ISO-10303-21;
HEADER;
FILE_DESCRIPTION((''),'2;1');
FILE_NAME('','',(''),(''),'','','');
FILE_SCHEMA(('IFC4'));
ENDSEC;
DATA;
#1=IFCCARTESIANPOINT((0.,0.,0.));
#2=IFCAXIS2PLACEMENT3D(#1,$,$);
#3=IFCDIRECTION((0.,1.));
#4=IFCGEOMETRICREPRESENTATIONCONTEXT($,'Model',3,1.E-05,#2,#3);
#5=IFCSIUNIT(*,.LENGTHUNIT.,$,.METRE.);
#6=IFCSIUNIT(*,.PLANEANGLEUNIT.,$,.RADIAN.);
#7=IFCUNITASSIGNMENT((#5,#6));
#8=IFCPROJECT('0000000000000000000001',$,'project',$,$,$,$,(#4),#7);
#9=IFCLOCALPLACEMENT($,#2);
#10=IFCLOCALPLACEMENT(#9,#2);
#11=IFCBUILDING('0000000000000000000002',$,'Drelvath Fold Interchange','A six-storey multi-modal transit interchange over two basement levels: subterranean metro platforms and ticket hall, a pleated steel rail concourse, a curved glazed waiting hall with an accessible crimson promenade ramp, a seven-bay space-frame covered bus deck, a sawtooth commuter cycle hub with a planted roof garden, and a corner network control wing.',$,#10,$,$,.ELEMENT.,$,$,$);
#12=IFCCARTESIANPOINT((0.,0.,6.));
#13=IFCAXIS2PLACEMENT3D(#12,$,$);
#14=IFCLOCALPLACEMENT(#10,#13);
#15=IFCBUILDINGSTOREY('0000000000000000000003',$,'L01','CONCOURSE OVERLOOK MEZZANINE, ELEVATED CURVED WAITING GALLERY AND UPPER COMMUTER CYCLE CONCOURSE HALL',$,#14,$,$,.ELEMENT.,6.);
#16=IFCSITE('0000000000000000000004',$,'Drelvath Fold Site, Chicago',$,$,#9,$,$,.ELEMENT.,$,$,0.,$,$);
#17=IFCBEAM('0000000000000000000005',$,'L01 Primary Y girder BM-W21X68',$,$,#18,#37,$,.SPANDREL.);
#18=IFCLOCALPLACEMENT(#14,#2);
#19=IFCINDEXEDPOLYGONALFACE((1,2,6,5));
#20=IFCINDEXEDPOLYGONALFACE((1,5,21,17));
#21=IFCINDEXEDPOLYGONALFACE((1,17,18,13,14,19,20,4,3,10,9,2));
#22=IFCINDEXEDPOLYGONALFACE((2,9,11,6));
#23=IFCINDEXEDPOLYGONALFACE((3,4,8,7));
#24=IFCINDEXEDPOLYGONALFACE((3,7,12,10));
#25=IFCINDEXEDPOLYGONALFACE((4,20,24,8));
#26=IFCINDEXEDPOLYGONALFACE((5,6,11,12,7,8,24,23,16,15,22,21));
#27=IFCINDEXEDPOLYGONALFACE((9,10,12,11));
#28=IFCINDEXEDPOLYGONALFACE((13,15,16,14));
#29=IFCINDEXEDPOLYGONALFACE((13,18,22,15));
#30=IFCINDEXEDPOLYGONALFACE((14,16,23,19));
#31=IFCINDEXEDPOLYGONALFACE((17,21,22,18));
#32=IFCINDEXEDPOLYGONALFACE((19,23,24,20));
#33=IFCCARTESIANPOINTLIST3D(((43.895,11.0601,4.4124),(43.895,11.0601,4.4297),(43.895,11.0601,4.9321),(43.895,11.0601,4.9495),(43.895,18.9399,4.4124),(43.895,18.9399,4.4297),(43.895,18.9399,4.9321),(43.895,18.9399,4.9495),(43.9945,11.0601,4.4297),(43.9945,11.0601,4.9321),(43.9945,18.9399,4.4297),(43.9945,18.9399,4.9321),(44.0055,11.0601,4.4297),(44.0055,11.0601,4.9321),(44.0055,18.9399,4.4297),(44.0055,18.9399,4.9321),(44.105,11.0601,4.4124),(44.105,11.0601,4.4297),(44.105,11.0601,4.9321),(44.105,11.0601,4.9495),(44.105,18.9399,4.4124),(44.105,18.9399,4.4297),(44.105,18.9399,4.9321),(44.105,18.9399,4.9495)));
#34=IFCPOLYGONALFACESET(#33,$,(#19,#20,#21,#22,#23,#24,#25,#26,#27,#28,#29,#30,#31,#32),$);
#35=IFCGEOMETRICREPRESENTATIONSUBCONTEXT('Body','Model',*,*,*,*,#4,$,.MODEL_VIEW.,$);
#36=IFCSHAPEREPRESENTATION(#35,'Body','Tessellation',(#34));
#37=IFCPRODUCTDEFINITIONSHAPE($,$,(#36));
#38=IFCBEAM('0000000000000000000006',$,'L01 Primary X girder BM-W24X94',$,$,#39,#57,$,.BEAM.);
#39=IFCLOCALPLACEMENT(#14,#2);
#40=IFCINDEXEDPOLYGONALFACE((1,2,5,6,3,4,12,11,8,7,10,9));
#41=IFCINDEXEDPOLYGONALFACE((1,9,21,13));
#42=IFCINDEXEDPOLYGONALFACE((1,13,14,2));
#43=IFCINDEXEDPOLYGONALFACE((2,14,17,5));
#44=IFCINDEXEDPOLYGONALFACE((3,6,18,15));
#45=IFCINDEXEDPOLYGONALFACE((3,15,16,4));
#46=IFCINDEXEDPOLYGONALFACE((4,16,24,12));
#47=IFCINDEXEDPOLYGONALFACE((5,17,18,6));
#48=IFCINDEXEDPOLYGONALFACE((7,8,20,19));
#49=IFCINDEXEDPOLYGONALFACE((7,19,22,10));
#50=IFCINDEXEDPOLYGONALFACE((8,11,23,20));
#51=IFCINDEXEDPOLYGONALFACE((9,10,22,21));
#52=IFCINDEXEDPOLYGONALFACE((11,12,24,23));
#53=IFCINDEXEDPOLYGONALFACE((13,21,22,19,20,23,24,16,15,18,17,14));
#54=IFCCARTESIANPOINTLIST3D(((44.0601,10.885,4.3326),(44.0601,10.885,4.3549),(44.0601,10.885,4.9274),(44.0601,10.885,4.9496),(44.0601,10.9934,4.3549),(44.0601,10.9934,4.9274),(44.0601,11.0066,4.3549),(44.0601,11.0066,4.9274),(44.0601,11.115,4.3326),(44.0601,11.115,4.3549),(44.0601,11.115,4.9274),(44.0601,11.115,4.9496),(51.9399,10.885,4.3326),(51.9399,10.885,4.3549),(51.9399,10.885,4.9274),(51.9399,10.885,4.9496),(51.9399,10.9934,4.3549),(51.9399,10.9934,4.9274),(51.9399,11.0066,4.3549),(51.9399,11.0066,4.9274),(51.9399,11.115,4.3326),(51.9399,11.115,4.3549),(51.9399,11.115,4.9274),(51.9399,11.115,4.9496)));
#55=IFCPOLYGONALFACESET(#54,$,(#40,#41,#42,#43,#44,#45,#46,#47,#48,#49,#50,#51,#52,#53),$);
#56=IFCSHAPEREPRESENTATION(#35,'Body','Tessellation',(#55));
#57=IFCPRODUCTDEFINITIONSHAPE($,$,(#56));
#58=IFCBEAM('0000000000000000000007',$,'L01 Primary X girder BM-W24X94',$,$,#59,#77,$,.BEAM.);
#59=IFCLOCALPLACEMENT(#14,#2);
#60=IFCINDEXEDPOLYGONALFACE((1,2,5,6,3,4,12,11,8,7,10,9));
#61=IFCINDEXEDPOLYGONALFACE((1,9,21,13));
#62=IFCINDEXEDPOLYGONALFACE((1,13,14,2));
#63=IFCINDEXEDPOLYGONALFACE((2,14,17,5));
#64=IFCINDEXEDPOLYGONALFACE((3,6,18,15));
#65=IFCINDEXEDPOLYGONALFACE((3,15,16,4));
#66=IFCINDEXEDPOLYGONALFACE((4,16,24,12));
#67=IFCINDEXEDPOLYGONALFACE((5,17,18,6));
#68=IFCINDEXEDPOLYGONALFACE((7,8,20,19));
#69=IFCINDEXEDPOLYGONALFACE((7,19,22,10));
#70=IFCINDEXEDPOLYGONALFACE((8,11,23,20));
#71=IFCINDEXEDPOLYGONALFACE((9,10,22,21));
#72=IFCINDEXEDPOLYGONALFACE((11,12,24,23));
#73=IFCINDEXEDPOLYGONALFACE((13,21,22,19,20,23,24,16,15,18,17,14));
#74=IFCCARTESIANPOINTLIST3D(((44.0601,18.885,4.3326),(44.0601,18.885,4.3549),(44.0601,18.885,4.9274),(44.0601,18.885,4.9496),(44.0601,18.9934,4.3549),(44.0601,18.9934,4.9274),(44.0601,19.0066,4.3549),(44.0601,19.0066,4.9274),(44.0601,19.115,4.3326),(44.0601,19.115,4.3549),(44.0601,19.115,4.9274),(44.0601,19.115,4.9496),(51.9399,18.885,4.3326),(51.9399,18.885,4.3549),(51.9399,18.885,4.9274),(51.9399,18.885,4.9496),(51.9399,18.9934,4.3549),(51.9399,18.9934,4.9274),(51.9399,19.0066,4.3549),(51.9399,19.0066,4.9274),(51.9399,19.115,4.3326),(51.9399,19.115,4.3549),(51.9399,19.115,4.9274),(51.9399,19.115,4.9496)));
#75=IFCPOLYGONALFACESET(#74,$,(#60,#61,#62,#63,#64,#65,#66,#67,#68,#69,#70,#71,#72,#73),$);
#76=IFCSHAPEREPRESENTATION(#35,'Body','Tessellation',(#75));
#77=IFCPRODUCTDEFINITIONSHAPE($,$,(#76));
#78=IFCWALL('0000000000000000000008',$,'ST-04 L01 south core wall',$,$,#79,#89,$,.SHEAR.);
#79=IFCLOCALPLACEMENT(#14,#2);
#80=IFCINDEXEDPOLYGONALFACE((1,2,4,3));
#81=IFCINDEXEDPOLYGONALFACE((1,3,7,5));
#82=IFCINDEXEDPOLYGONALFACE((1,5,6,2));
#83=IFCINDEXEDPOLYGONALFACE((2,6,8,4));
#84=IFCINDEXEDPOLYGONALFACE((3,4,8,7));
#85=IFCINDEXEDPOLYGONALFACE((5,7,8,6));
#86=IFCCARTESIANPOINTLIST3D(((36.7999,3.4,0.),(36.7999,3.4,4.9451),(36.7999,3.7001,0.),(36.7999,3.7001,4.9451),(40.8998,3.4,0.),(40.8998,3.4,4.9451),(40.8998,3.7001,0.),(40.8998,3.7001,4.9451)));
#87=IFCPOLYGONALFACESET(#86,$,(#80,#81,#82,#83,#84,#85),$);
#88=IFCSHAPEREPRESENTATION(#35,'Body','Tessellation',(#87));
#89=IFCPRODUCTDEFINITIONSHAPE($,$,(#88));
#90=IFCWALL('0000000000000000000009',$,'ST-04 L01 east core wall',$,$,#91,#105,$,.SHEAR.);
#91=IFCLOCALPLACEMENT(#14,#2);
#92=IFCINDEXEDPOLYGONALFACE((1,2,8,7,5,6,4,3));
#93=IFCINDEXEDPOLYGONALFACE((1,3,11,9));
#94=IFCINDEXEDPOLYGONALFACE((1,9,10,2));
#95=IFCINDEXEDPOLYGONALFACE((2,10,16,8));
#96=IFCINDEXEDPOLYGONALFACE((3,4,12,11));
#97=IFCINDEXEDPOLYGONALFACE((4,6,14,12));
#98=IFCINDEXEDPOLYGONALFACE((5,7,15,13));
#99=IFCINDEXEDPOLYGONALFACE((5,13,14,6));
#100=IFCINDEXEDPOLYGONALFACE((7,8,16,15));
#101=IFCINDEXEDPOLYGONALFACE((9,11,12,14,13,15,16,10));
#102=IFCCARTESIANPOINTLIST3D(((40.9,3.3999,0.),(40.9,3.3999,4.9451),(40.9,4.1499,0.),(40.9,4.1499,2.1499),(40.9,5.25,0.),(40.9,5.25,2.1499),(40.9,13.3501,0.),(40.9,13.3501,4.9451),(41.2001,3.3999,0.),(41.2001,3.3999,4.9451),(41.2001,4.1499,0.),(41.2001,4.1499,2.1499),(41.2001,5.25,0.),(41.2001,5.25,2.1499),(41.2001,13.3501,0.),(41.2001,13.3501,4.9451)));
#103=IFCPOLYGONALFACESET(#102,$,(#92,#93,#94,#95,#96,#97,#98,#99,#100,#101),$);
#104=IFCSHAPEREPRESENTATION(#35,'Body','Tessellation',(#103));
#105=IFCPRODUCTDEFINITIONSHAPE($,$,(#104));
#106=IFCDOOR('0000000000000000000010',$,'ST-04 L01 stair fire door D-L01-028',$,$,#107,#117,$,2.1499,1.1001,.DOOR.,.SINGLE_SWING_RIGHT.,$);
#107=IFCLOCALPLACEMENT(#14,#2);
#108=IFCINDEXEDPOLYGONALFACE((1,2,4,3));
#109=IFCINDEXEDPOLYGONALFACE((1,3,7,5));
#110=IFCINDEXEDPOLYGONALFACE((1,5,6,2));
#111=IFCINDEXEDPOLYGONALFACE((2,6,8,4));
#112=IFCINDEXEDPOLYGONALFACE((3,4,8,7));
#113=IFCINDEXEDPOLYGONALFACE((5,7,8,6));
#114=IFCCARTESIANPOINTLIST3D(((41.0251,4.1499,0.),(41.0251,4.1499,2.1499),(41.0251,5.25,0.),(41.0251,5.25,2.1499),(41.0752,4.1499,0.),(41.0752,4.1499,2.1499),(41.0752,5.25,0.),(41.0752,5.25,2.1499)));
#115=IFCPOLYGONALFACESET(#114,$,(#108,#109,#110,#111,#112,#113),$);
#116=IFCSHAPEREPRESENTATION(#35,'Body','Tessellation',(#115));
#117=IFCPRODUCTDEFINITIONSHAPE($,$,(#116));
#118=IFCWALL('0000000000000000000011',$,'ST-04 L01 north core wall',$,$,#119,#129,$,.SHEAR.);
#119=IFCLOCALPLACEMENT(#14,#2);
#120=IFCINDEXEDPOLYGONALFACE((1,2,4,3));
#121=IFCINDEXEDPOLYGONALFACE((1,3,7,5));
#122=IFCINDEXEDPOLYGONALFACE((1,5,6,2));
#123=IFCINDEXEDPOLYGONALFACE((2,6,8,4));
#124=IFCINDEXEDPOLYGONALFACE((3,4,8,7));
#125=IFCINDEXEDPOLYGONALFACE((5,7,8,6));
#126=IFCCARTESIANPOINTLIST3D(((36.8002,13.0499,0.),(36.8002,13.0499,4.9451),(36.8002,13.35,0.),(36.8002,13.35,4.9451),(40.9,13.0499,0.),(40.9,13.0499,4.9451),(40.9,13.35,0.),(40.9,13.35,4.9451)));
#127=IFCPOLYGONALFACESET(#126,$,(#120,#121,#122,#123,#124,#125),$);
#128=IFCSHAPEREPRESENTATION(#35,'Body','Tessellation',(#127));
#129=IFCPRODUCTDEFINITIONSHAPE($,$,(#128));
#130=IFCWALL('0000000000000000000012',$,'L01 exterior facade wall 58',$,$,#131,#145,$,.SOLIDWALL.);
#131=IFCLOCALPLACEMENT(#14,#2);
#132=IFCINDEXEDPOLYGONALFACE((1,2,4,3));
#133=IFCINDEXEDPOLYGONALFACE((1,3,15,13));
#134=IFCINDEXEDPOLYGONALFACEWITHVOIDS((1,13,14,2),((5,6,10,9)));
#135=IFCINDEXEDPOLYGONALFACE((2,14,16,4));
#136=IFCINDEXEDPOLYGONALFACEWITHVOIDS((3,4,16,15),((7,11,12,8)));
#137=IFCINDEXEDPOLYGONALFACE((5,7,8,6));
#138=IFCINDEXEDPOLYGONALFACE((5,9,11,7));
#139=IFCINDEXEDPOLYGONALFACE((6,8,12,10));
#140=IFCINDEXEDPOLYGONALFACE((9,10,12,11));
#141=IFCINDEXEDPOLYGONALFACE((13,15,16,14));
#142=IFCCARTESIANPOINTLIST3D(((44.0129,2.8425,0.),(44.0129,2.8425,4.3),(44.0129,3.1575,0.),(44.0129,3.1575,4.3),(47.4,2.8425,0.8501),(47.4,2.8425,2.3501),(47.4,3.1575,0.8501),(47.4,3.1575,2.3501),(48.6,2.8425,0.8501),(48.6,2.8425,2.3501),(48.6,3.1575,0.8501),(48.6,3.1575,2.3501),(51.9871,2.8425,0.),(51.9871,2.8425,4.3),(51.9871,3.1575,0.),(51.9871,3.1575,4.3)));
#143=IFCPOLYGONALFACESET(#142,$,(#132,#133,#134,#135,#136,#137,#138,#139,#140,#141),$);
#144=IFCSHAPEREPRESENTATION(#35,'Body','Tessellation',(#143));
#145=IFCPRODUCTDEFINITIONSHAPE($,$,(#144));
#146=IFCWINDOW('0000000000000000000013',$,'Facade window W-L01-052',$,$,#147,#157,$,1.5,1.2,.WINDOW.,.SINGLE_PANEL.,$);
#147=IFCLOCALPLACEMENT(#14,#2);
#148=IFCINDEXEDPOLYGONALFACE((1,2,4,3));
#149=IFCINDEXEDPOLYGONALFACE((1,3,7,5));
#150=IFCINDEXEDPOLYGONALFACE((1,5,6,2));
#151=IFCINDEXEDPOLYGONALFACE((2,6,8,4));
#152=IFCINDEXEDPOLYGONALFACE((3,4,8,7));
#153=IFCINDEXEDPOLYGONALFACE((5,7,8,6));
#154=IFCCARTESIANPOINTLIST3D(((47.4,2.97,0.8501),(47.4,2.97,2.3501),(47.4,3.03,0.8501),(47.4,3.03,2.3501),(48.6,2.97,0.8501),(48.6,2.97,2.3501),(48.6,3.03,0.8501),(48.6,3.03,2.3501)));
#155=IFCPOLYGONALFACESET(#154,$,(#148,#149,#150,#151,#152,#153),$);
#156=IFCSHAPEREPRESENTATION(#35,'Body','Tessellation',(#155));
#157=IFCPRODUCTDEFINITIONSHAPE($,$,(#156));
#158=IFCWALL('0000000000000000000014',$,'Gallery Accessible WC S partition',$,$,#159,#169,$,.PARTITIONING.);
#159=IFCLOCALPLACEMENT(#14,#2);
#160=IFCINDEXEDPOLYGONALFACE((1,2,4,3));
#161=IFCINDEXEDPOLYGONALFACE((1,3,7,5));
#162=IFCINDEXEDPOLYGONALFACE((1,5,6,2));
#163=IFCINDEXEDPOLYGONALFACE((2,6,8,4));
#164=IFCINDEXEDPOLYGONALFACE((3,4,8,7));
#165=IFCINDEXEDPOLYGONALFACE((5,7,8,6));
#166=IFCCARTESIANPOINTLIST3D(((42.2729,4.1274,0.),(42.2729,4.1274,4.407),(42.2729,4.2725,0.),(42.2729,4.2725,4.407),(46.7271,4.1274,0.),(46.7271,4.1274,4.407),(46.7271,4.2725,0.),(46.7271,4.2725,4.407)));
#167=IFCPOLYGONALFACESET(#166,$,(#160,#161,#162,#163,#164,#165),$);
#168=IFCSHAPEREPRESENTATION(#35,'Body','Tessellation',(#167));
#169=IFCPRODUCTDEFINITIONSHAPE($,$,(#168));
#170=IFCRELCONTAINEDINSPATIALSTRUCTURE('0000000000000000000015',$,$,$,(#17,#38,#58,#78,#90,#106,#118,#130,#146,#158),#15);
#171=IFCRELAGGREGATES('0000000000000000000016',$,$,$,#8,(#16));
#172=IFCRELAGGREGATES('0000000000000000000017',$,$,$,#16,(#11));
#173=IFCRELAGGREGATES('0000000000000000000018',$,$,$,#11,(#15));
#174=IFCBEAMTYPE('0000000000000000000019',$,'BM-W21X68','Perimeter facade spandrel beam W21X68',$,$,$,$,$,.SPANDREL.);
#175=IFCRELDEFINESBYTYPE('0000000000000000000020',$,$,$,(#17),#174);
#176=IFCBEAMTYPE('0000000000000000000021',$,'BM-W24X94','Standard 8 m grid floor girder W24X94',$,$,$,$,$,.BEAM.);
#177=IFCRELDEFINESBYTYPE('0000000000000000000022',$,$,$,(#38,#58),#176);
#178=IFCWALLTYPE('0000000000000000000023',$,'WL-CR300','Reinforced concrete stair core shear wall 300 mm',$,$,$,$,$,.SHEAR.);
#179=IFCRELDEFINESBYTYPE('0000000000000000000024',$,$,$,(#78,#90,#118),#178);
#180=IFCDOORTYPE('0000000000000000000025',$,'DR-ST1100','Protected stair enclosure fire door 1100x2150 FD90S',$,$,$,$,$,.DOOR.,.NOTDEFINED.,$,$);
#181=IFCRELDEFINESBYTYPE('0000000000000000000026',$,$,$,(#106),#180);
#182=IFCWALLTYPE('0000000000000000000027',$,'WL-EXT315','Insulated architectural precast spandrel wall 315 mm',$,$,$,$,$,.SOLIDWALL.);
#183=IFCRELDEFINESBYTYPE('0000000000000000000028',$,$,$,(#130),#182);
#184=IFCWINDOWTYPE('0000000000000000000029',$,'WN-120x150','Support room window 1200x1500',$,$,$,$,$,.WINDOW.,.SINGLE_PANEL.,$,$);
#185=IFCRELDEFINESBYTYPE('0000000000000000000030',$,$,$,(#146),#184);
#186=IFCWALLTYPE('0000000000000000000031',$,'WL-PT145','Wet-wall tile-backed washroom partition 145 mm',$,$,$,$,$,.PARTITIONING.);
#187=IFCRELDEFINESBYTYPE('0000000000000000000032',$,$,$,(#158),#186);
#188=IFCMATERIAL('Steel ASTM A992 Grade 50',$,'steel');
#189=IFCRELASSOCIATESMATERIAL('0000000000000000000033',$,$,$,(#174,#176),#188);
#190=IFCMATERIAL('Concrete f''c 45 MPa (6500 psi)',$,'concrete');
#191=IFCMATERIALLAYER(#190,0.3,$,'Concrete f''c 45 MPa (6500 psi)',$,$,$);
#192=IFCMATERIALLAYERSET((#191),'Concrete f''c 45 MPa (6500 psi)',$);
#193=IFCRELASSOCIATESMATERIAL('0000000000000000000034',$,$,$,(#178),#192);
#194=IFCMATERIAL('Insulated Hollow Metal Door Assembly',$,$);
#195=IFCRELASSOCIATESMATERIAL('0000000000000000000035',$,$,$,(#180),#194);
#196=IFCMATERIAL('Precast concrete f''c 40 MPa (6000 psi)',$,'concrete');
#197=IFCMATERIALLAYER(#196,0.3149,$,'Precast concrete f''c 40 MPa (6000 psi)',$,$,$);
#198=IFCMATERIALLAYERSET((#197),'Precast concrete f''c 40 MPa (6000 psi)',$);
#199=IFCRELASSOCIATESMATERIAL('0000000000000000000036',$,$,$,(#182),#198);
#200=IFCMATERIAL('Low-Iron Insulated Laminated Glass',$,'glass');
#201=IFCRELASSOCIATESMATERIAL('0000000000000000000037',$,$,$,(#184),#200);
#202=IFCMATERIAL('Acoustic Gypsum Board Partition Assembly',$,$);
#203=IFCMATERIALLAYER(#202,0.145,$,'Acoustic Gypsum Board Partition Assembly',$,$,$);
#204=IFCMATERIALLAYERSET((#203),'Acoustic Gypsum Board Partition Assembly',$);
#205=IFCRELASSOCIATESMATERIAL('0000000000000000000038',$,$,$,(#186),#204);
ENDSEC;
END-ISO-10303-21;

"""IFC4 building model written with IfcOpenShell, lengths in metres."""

from ifc_helpers import new_model, si_unit, direction, frame, frame_2d, origin, origin_2d, place, context, subcontext, project, spatial, rectangle, i_section, extrude, material, layer, layer_set, material_profile, profile_set, type_object, element, fill, save


model = new_model("IFC4")

# Units and contexts
model_context = context("Model", 3, precision=1e-05, world=origin(), true_north=direction((0.0, 1.0)))
body_context = subcontext(model_context, "Body", "Model", "MODEL_VIEW")
ifc_project = project(units=[si_unit("LENGTHUNIT", "METRE"), si_unit("PLANEANGLEUNIT", "RADIAN")], contexts=[model_context])

# Site, building, storey
site_placement = place(None, origin())
site = spatial("IfcSite", under=ifc_project, at=site_placement, Name="Drelvath Fold Site, Chicago", CompositionType="ELEMENT", RefElevation=0.0)
building_placement = place(site_placement, origin())
building = spatial("IfcBuilding", under=site, at=building_placement, Name="Drelvath Fold Interchange", Description="A six-storey multi-modal transit interchange over two basement levels: subterranean metro platforms and ticket hall, a pleated steel rail concourse, a curved glazed waiting hall with an accessible crimson promenade ramp, a seven-bay space-frame covered bus deck, a sawtooth commuter cycle hub with a planted roof garden, and a corner network control wing.", CompositionType="ELEMENT")
storey_placement = place(building_placement, frame((0.0, 0.0, 6.0)))
storey = spatial("IfcBuildingStorey", under=building, at=storey_placement, Name="L01", Description="CONCOURSE OVERLOOK MEZZANINE, ELEVATED CURVED WAITING GALLERY AND UPPER COMMUTER CYCLE CONCOURSE HALL", CompositionType="ELEMENT", Elevation=6.0)

# Shared definitions
ifc_material_1 = material(Name="Steel ASTM A992 Grade 50", Category="steel")

# Beams
ifc_material_profile_1 = material_profile(ifc_material_1, i_section(OverallWidth=0.21, OverallDepth=0.5371, WebThickness=0.011, FlangeThickness=0.0173, at=origin_2d()), Name="W21X68")
ifc_profile_set_1 = profile_set([ifc_material_profile_1], Name="Steel ASTM A992 Grade 50")
beam_type_1 = type_object("IfcBeamType", Name="BM-W21X68", Description="Perimeter facade spandrel beam W21X68", PredefinedType="SPANDREL", material=ifc_profile_set_1)
for number, where, z_axis, x_axis, name in (
    (1, (44.0, 11.0601, 4.6809), (0.0, 1.0, 0.0), (-1.0, 0.0, 0.0), "L01 Primary Y girder BM-W21X68"),
):
    element("IfcBeam", number, at=place(storey_placement, frame(where, z_axis=z_axis, x_axis=x_axis)), inside=storey, type_object=beam_type_1, Name=name, PredefinedType="SPANDREL", context=body_context, shape_type="SweptSolid", body=[
        extrude(i_section(OverallWidth=0.21, OverallDepth=0.5371, WebThickness=0.011, FlangeThickness=0.0173, at=origin_2d()), origin(), (0.0, 0.0, 1.0), 7.8799),
    ])
ifc_material_profile_2 = material_profile(ifc_material_1, i_section(OverallWidth=0.23, OverallDepth=0.6169, WebThickness=0.0132, FlangeThickness=0.0222, at=origin_2d()), Name="W24X94")
ifc_profile_set_2 = profile_set([ifc_material_profile_2], Name="Steel ASTM A992 Grade 50")
beam_type_2 = type_object("IfcBeamType", Name="BM-W24X94", Description="Standard 8 m grid floor girder W24X94", PredefinedType="BEAM", material=ifc_profile_set_2)
for number, where, z_axis, x_axis, name in (
    (2, (44.0601, 11.0, 4.6411), (1.0, 0.0, 0.0), (0.0, 1.0, 0.0), "L01 Primary X girder BM-W24X94"),
    (3, (44.0601, 19.0, 4.6411), (1.0, 0.0, 0.0), (0.0, 1.0, 0.0), "L01 Primary X girder BM-W24X94"),
):
    element("IfcBeam", number, at=place(storey_placement, frame(where, z_axis=z_axis, x_axis=x_axis)), inside=storey, type_object=beam_type_2, Name=name, PredefinedType="BEAM", context=body_context, shape_type="SweptSolid", body=[
        extrude(i_section(OverallWidth=0.23, OverallDepth=0.6169, WebThickness=0.0132, FlangeThickness=0.0222, at=origin_2d()), origin(), (0.0, 0.0, 1.0), 7.8799),
    ])

# Wall
ifc_material_2 = material(Name="Concrete f'c 45 MPa (6500 psi)", Category="concrete")
ifc_layer_1 = layer(ifc_material_2, 0.3, Name="Concrete f'c 45 MPa (6500 psi)")
ifc_layer_set_1 = layer_set([ifc_layer_1], Name="Concrete f'c 45 MPa (6500 psi)")
wall_type_1 = type_object("IfcWallType", Name="WL-CR300", Description="Reinforced concrete stair core shear wall 300 mm", PredefinedType="SHEAR", material=ifc_layer_set_1)
wall_1_placement = place(storey_placement, frame((36.8, 3.55, 0.0), z_axis=(0.0, 0.0, 1.0), x_axis=(1.0, 0.0, 0.0)))
element("IfcWall", 4, at=wall_1_placement, inside=storey, type_object=wall_type_1, Name="ST-04 L01 south core wall", PredefinedType="SHEAR", context=body_context, shape_type="SweptSolid", body=[
    extrude(rectangle(XDim=4.0999, YDim=0.3, at=frame_2d((2.0498, 0.0))), origin(), (0.0, 0.0, 1.0), 4.9451),
])

# Wall, opening, door
wall_2_placement = place(storey_placement, frame((41.05, 3.3999, 0.0), z_axis=(0.0, 0.0, 1.0), x_axis=(0.0, 1.0, 0.0)))
wall_2 = element("IfcWall", 5, at=wall_2_placement, inside=storey, type_object=wall_type_1, Name="ST-04 L01 east core wall", PredefinedType="SHEAR", context=body_context, shape_type="SweptSolid", body=[
    extrude(rectangle(XDim=9.9502, YDim=0.3, at=frame_2d((4.9751, 0.0))), origin(), (0.0, 0.0, 1.0), 4.9451),
])
opening_1_placement = place(wall_2_placement, frame((0.75, 0.0, 0.0)))
opening_1 = element("IfcOpeningElement", 6, at=opening_1_placement, cuts=wall_2, PredefinedType="OPENING", context=body_context, shape_type="SweptSolid", body=[
    extrude(rectangle(XDim=1.1001, YDim=2.1499, at=frame_2d((0.55, 1.075))), frame((0.0, 0.1599, 0.0), z_axis=(0.0, -1.0, 0.0), x_axis=(1.0, 0.0, 0.0)), (0.0, 0.0, 1.0), 0.3201),
])
ifc_material_3 = material(Name="Insulated Hollow Metal Door Assembly")
door_type = type_object("IfcDoorType", Name="DR-ST1100", Description="Protected stair enclosure fire door 1100x2150 FD90S", OperationType="NOTDEFINED", PredefinedType="DOOR", material=ifc_material_3)
door_placement = place(opening_1_placement, origin())
door = element("IfcDoor", 7, at=door_placement, inside=storey, type_object=door_type, Name="ST-04 L01 stair fire door D-L01-028", OperationType="SINGLE_SWING_RIGHT", OverallHeight=2.1499, OverallWidth=1.1001, PredefinedType="DOOR", context=body_context, shape_type="SweptSolid", body=[
    extrude(rectangle(XDim=1.1001, YDim=2.1499, at=frame_2d((0.55, 1.075))), frame((0.0, 0.0249, 0.0), z_axis=(0.0, -1.0, 0.0), x_axis=(1.0, 0.0, 0.0)), (0.0, 0.0, 1.0), 0.05),
])
fill(opening_1, door)

# Wall
wall_3_placement = place(storey_placement, frame((40.8999, 13.2, 0.0), z_axis=(0.0, 0.0, 1.0), x_axis=(-1.0, 0.0, 0.0)))
element("IfcWall", 8, at=wall_3_placement, inside=storey, type_object=wall_type_1, Name="ST-04 L01 north core wall", PredefinedType="SHEAR", context=body_context, shape_type="SweptSolid", body=[
    extrude(rectangle(XDim=4.0999, YDim=0.3, at=frame_2d((2.0498, 0.0))), origin(), (0.0, 0.0, 1.0), 4.9451),
])

# Wall, opening, window
ifc_material_4 = material(Name="Precast concrete f'c 40 MPa (6000 psi)", Category="concrete")
ifc_layer_2 = layer(ifc_material_4, 0.3149, Name="Precast concrete f'c 40 MPa (6000 psi)")
ifc_layer_set_2 = layer_set([ifc_layer_2], Name="Precast concrete f'c 40 MPa (6000 psi)")
wall_type_2 = type_object("IfcWallType", Name="WL-EXT315", Description="Insulated architectural precast spandrel wall 315 mm", PredefinedType="SOLIDWALL", material=ifc_layer_set_2)
wall_4_placement = place(storey_placement, frame((44.0129, 3.0, 0.0), z_axis=(0.0, 0.0, 1.0), x_axis=(1.0, 0.0, 0.0)))
wall_4 = element("IfcWall", 9, at=wall_4_placement, inside=storey, type_object=wall_type_2, Name="L01 exterior facade wall 58", PredefinedType="SOLIDWALL", context=body_context, shape_type="SweptSolid", body=[
    extrude(rectangle(XDim=7.9741, YDim=0.3149, at=frame_2d((3.9871, 0.0))), origin(), (0.0, 0.0, 1.0), 4.3),
])
opening_2_placement = place(wall_4_placement, frame((3.387, 0.0, 0.8501)))
opening_2 = element("IfcOpeningElement", 10, at=opening_2_placement, cuts=wall_4, PredefinedType="OPENING", context=body_context, shape_type="SweptSolid", body=[
    extrude(rectangle(XDim=1.2, YDim=1.5, at=frame_2d((0.6001, 0.75))), frame((0.0, 0.1675, 0.0), z_axis=(0.0, -1.0, 0.0), x_axis=(1.0, 0.0, 0.0)), (0.0, 0.0, 1.0), 0.335),
])
ifc_material_5 = material(Name="Low-Iron Insulated Laminated Glass", Category="glass")
window_type = type_object("IfcWindowType", Name="WN-120x150", Description="Support room window 1200x1500", PartitioningType="SINGLE_PANEL", PredefinedType="WINDOW", material=ifc_material_5)
window_placement = place(opening_2_placement, origin())
window = element("IfcWindow", 11, at=window_placement, inside=storey, type_object=window_type, Name="Facade window W-L01-052", OverallHeight=1.5, OverallWidth=1.2, PartitioningType="SINGLE_PANEL", PredefinedType="WINDOW", context=body_context, shape_type="SweptSolid", body=[
    extrude(rectangle(XDim=1.2, YDim=1.5, at=frame_2d((0.6001, 0.75))), frame((0.0, 0.03, 0.0), z_axis=(0.0, -1.0, 0.0), x_axis=(1.0, 0.0, 0.0)), (0.0, 0.0, 1.0), 0.0601),
])
fill(opening_2, window)

# Wall
ifc_material_6 = material(Name="Acoustic Gypsum Board Partition Assembly")
ifc_layer_3 = layer(ifc_material_6, 0.145, Name="Acoustic Gypsum Board Partition Assembly")
ifc_layer_set_3 = layer_set([ifc_layer_3], Name="Acoustic Gypsum Board Partition Assembly")
wall_type_3 = type_object("IfcWallType", Name="WL-PT145", Description="Wet-wall tile-backed washroom partition 145 mm", PredefinedType="PARTITIONING", material=ifc_layer_set_3)
wall_5_placement = place(storey_placement, frame((42.2729, 4.2, 0.0), z_axis=(0.0, 0.0, 1.0), x_axis=(1.0, 0.0, 0.0)))
element("IfcWall", 12, at=wall_5_placement, inside=storey, type_object=wall_type_3, Name="Gallery Accessible WC S partition", PredefinedType="PARTITIONING", context=body_context, shape_type="SweptSolid", body=[
    extrude(rectangle(XDim=4.4541, YDim=0.145, at=frame_2d((2.2271, 0.0))), origin(), (0.0, 0.0, 1.0), 4.407),
])

save(model, "model.ifc")
